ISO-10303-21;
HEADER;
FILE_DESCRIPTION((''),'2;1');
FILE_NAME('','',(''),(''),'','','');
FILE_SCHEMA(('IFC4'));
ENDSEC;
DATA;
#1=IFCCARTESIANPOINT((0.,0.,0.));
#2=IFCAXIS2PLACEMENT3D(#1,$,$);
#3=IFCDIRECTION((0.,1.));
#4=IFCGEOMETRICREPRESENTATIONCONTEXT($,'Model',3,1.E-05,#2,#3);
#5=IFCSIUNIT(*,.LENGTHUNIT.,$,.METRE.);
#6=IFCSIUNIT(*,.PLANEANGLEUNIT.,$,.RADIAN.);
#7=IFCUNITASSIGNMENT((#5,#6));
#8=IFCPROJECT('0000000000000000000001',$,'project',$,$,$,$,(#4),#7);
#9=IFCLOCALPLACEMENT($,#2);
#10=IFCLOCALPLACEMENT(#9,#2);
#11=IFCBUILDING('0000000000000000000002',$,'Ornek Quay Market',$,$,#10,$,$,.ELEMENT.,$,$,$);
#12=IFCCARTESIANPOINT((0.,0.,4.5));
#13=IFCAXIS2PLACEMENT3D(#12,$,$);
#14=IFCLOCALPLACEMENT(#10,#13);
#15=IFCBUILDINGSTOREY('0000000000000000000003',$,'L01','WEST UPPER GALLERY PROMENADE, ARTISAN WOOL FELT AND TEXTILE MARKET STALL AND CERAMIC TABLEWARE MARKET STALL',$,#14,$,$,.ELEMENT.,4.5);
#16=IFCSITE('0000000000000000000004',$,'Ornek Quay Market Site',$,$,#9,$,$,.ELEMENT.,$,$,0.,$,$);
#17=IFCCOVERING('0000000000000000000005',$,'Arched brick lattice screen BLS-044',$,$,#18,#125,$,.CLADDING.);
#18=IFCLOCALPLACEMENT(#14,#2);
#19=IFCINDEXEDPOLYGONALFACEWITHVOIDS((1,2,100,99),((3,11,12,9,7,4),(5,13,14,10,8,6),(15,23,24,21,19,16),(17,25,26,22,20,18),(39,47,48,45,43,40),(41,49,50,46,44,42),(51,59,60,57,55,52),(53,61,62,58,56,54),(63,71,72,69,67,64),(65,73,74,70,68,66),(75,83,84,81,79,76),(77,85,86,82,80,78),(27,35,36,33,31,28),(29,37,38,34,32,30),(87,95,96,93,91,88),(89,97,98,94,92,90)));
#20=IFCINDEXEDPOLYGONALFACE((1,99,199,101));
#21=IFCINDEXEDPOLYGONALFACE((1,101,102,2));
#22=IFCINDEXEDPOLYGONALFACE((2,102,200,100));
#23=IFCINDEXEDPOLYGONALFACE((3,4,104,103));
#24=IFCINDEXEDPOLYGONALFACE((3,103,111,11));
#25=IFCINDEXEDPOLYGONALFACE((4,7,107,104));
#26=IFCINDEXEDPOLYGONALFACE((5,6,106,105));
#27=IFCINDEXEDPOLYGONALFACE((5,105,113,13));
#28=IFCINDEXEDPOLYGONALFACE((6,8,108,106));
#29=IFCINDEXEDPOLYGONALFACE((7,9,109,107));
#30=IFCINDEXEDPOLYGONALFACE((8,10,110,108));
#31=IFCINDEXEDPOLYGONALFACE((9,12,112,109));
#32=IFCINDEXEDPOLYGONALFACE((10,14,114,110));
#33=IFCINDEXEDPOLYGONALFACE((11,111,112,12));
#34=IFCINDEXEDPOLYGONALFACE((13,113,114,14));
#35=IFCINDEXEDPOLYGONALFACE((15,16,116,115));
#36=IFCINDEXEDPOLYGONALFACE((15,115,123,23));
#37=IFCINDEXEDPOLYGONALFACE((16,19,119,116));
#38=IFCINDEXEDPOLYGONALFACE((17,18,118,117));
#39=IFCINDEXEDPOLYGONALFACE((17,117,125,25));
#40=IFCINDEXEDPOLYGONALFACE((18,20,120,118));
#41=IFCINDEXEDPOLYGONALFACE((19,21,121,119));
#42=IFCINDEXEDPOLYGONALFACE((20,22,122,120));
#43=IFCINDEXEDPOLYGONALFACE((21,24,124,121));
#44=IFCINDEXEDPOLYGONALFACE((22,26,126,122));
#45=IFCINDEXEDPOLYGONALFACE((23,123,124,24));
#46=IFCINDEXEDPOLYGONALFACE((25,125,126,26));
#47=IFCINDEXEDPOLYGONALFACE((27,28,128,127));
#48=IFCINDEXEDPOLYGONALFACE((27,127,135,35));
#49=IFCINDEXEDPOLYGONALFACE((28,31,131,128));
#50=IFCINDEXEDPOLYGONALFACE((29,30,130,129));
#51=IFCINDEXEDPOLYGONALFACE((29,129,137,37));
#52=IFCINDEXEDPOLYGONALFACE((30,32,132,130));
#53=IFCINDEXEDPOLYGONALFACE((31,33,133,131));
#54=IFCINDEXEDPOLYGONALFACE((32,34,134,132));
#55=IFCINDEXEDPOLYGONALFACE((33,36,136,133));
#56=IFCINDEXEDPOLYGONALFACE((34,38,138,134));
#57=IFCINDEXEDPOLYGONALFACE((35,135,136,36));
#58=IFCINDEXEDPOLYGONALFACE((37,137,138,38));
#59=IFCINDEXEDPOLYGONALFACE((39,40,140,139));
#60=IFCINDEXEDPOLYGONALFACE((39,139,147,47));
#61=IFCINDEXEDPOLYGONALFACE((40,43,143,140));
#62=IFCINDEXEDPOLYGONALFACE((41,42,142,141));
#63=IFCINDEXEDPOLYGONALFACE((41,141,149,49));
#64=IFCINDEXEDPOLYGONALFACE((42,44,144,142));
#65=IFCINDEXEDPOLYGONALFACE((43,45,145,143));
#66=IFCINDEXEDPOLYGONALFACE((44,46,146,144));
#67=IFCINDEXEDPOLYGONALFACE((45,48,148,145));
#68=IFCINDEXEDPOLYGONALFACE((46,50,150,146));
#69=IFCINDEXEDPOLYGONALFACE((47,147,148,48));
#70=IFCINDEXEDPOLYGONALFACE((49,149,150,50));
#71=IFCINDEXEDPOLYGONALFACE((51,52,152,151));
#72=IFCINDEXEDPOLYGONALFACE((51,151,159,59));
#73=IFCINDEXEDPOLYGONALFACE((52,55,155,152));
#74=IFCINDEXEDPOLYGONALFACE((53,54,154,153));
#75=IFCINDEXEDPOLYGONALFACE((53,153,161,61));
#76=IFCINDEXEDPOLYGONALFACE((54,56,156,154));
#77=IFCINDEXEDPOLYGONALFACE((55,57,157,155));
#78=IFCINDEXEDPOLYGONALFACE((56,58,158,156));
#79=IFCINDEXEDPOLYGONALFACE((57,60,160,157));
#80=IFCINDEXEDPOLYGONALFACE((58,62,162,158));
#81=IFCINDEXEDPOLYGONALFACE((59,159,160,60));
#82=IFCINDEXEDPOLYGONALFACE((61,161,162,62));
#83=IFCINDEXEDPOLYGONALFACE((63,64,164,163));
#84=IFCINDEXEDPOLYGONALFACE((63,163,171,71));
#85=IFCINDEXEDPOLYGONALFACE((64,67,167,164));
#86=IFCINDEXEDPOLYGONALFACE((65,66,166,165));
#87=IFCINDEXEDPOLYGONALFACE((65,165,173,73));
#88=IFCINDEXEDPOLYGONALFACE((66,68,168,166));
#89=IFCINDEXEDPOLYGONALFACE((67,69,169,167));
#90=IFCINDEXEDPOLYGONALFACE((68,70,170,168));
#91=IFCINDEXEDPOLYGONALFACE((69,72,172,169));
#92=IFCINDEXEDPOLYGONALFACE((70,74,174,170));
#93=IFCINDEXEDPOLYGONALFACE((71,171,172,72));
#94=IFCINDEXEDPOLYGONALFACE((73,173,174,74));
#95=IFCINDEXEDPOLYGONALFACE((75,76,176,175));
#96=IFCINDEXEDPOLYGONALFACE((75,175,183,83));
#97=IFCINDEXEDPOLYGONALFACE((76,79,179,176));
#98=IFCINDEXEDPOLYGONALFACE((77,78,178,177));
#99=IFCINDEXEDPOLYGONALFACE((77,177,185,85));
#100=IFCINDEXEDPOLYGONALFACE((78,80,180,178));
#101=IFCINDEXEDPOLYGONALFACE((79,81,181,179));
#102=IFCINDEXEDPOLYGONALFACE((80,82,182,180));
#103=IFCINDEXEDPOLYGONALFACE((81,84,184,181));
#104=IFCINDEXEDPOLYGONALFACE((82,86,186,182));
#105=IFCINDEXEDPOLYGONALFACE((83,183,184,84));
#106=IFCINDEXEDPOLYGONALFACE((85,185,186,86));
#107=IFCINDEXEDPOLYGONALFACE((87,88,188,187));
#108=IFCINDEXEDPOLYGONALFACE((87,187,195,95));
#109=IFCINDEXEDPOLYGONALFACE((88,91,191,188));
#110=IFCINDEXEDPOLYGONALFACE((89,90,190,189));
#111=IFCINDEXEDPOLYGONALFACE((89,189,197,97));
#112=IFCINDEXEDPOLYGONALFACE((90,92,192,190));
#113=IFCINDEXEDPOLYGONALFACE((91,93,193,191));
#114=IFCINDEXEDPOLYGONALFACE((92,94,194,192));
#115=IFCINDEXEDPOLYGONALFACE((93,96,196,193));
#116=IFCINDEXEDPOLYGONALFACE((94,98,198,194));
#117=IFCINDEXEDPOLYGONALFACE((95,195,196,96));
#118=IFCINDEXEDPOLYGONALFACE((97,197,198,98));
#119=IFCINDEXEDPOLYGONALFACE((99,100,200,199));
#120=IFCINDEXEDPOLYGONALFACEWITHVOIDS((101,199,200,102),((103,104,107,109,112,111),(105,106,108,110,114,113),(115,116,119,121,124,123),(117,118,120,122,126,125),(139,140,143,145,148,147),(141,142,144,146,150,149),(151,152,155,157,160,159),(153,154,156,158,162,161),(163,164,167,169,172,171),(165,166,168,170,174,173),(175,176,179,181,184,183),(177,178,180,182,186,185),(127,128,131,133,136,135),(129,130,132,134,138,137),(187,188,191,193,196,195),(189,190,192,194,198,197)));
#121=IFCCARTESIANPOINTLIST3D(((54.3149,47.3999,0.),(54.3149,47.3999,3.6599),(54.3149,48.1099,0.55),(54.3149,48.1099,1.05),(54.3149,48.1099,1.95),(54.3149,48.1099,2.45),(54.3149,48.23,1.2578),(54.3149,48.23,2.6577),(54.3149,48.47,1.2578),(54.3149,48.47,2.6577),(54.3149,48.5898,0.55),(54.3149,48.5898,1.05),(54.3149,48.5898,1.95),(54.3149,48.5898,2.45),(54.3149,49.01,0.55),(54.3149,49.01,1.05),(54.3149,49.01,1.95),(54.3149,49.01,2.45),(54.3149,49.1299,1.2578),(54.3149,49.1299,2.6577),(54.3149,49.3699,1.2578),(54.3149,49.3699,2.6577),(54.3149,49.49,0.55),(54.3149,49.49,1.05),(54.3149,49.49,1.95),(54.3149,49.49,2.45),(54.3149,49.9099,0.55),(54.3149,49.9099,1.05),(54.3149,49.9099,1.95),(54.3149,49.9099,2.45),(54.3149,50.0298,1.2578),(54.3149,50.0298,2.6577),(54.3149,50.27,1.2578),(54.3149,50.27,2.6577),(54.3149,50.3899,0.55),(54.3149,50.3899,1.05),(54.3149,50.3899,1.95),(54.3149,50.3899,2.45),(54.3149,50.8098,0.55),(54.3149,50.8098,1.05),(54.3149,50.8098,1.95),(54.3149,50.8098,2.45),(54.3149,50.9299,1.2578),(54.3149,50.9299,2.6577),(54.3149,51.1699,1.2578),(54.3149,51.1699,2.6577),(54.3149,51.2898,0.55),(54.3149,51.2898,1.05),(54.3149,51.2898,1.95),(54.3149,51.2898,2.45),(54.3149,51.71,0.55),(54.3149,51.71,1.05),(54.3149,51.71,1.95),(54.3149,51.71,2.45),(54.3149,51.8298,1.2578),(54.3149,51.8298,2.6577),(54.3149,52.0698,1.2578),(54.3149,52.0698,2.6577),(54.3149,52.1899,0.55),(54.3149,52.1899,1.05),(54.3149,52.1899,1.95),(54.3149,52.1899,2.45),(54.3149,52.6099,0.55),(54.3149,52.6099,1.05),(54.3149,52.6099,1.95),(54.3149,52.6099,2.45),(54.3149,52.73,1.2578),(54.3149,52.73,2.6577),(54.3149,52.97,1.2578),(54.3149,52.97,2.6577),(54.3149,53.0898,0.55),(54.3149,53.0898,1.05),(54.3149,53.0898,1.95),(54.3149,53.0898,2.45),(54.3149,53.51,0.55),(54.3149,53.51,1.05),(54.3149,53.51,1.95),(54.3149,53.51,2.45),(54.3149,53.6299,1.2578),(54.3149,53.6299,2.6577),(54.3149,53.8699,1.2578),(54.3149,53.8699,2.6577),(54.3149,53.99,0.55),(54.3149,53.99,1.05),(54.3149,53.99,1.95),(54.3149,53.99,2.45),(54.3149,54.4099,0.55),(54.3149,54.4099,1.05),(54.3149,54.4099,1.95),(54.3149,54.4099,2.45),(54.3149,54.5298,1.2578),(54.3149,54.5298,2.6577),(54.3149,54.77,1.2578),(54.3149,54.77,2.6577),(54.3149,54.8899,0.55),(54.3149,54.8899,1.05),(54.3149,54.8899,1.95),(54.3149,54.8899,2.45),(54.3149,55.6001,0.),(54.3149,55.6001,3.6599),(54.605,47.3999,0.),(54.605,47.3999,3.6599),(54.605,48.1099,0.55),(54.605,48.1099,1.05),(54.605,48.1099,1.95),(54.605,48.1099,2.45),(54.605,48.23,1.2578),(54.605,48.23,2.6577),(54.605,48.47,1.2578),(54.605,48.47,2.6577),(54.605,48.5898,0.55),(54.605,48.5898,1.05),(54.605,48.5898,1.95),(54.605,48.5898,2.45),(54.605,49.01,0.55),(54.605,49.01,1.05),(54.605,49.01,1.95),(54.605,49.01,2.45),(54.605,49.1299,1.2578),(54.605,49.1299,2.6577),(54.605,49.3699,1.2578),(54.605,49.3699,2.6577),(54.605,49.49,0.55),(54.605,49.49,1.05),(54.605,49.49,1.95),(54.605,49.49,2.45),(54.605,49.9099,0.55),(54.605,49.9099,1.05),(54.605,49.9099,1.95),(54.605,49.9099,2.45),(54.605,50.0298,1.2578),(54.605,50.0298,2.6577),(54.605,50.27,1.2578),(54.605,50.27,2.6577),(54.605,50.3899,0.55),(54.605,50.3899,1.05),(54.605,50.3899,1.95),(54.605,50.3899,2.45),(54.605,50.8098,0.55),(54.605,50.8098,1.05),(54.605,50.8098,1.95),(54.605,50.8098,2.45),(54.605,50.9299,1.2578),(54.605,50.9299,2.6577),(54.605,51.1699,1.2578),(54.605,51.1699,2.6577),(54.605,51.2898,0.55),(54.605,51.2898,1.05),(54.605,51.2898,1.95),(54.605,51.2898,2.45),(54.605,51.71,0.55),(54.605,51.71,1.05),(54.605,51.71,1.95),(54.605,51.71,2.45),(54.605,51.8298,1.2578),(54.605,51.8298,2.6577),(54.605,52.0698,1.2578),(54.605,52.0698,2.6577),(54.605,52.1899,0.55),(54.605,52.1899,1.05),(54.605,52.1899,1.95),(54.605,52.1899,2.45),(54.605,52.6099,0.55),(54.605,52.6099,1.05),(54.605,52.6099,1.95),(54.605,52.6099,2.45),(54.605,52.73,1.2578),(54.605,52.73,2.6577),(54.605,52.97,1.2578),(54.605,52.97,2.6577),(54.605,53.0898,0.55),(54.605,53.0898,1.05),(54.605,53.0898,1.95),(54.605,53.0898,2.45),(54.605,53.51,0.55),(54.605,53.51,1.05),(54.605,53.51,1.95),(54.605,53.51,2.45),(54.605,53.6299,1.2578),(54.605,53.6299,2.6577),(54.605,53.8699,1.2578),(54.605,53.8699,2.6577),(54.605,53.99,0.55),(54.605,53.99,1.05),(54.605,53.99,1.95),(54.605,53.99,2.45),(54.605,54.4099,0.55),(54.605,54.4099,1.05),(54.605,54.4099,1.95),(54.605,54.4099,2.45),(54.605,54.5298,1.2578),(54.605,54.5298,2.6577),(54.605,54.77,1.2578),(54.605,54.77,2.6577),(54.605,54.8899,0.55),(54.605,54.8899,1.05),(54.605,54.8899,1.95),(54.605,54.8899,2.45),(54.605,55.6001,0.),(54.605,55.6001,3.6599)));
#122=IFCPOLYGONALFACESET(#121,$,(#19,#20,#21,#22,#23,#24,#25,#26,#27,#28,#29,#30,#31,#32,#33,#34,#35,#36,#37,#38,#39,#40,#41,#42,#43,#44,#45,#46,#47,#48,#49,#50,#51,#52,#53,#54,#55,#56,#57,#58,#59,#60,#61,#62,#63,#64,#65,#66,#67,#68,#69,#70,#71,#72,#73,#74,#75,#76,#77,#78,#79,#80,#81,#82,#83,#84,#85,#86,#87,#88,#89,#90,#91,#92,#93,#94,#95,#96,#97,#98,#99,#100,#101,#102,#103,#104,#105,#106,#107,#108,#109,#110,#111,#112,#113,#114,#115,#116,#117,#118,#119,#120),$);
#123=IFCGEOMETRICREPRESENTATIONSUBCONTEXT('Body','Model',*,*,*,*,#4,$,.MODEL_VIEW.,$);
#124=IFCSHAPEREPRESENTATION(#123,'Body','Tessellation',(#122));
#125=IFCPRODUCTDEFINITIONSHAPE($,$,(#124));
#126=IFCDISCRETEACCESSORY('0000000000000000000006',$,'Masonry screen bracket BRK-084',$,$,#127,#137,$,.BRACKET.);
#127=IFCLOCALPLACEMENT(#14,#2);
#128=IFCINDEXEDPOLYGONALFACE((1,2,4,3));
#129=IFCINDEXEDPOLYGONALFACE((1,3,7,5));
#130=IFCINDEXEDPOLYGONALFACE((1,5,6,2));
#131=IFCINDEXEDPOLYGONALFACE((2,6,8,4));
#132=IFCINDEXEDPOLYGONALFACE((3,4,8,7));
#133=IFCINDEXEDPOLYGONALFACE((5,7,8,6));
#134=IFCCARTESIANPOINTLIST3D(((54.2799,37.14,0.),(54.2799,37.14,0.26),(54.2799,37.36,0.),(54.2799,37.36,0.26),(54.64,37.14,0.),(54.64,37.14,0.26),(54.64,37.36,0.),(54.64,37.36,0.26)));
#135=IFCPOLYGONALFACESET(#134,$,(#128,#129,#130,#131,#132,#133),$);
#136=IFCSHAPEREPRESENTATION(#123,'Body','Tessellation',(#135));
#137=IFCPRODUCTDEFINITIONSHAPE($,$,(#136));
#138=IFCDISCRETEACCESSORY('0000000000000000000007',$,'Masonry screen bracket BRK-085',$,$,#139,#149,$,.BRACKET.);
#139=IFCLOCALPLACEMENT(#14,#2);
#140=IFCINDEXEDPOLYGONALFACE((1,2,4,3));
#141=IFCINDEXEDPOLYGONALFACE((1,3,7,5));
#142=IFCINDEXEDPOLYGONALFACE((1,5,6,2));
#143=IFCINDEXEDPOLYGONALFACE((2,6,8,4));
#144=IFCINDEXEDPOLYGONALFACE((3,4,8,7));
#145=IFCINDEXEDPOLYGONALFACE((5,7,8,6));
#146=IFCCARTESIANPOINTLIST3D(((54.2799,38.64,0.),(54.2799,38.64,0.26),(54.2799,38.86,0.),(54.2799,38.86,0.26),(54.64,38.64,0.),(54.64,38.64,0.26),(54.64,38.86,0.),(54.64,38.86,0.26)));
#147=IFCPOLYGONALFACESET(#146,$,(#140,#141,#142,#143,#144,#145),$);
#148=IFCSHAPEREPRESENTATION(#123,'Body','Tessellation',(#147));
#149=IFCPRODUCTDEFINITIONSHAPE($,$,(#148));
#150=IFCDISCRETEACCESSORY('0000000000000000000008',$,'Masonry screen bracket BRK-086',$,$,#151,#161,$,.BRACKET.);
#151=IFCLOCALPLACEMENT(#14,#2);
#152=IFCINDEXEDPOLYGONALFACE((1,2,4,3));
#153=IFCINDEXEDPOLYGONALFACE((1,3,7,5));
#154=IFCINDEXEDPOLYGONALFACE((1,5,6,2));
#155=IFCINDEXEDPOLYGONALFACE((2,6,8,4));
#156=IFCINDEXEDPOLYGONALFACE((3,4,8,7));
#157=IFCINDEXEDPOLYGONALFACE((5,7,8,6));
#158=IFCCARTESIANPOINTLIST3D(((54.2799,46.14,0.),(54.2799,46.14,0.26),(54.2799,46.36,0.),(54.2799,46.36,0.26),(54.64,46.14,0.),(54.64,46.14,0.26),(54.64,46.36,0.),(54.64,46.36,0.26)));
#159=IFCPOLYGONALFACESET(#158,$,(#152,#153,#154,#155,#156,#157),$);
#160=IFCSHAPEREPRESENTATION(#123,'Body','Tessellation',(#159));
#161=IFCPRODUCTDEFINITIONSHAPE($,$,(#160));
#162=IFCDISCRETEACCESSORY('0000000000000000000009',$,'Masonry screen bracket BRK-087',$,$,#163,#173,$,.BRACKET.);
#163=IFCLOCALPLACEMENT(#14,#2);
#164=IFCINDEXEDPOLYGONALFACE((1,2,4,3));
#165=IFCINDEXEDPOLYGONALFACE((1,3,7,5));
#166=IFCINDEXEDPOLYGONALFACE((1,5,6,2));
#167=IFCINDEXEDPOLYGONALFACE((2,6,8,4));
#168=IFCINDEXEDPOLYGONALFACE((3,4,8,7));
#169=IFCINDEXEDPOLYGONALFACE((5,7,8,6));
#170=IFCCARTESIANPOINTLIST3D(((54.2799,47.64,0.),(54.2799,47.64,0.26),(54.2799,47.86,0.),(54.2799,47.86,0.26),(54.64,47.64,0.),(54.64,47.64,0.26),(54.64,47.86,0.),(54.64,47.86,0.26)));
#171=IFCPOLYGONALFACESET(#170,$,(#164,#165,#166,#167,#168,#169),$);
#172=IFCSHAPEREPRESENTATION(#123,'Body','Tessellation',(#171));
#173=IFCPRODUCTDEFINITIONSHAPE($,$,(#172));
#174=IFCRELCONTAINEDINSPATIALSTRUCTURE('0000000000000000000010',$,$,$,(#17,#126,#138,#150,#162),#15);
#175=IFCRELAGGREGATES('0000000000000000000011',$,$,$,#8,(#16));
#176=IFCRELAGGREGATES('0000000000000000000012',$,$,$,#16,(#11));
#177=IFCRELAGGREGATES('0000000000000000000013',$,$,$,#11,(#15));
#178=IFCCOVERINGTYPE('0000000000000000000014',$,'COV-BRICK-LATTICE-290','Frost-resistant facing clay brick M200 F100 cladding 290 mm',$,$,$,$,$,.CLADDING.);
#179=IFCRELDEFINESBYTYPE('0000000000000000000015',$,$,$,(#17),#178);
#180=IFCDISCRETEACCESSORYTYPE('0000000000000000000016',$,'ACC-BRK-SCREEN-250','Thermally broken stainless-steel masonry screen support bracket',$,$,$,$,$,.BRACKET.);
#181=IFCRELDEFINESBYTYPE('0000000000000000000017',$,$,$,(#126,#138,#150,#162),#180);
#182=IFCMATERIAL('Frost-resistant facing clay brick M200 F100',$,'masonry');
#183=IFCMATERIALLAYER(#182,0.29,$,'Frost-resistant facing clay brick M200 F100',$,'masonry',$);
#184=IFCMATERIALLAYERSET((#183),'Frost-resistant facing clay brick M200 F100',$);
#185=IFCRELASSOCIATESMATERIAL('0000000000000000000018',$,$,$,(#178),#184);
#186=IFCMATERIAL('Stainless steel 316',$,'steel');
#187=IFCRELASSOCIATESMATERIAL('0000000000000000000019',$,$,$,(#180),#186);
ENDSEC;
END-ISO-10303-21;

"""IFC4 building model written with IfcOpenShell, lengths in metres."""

from ifc_helpers import new_model, si_unit, direction, frame, origin, origin_2d, place, context, subcontext, project, spatial, polyline, rectangle, outline, extrude, material, layer, layer_set, type_object, element, save


model = new_model("IFC4")

# Units and contexts
model_context = context("Model", 3, precision=1e-05, world=origin(), true_north=direction((0.0, 1.0)))
body_context = subcontext(model_context, "Body", "Model", "MODEL_VIEW")
ifc_project = project(units=[si_unit("LENGTHUNIT", "METRE"), si_unit("PLANEANGLEUNIT", "RADIAN")], contexts=[model_context])

# Site, building, storey
site_placement = place(None, origin())
site = spatial("IfcSite", under=ifc_project, at=site_placement, Name="Ornek Quay Market Site", CompositionType="ELEMENT", RefElevation=0.0)
building_placement = place(site_placement, origin())
building = spatial("IfcBuilding", under=site, at=building_placement, Name="Ornek Quay Market", CompositionType="ELEMENT")
storey_placement = place(building_placement, frame((0.0, 0.0, 4.5)))
storey = spatial("IfcBuildingStorey", under=building, at=storey_placement, Name="L01", Description="WEST UPPER GALLERY PROMENADE, ARTISAN WOOL FELT AND TEXTILE MARKET STALL AND CERAMIC TABLEWARE MARKET STALL", CompositionType="ELEMENT", Elevation=4.5)

# Shared definitions
ifc_material_1 = material(Name="Frost-resistant facing clay brick M200 F100", Category="masonry")

# Covering
ifc_layer_1 = layer(ifc_material_1, 0.29, Name="Frost-resistant facing clay brick M200 F100", Category="masonry")
ifc_layer_set_1 = layer_set([ifc_layer_1], Name="Frost-resistant facing clay brick M200 F100")
covering_type = type_object("IfcCoveringType", Name="COV-BRICK-LATTICE-290", Description="Frost-resistant facing clay brick M200 F100 cladding 290 mm", PredefinedType="CLADDING", material=ifc_layer_set_1)
covering_1_placement = place(storey_placement, frame((54.46, 47.3999, 0.0), z_axis=(0.0, 0.0, 1.0), x_axis=(0.0, 1.0, 0.0)))
element("IfcCovering", 1, at=covering_1_placement, inside=storey, type_object=covering_type, Name="Arched brick lattice screen BLS-044", PredefinedType="CLADDING", context=body_context, shape_type="SweptSolid", body=[
    extrude(outline(polyline([(0.0, 0.0), (8.2002, 0.0), (8.2002, 3.6599), (0.0, 3.6599), (0.0, 0.0)]), holes=[polyline([(0.71, 0.55), (1.1899, 0.55), (1.1899, 1.05), (1.0701, 1.2578), (0.8301, 1.2578), (0.71, 1.05), (0.71, 0.55)]), polyline([(0.71, 1.95), (1.1899, 1.95), (1.1899, 2.45), (1.0701, 2.6577), (0.8301, 2.6577), (0.71, 2.45), (0.71, 1.95)]), polyline([(1.6101, 0.55), (2.0901, 0.55), (2.0901, 1.05), (1.97, 1.2578), (1.73, 1.2578), (1.6101, 1.05), (1.6101, 0.55)]), polyline([(1.6101, 1.95), (2.0901, 1.95), (2.0901, 2.45), (1.97, 2.6577), (1.73, 2.6577), (1.6101, 2.45), (1.6101, 1.95)]), polyline([(2.51, 0.55), (2.99, 0.55), (2.99, 1.05), (2.8701, 1.2578), (2.6299, 1.2578), (2.51, 1.05), (2.51, 0.55)]), polyline([(2.51, 1.95), (2.99, 1.95), (2.99, 2.45), (2.8701, 2.6577), (2.6299, 2.6577), (2.51, 2.45), (2.51, 1.95)]), polyline([(3.4099, 0.55), (3.8899, 0.55), (3.8899, 1.05), (3.77, 1.2578), (3.53, 1.2578), (3.4099, 1.05), (3.4099, 0.55)]), polyline([(3.4099, 1.95), (3.8899, 1.95), (3.8899, 2.45), (3.77, 2.6577), (3.53, 2.6577), (3.4099, 2.45), (3.4099, 1.95)]), polyline([(4.3101, 0.55), (4.79, 0.55), (4.79, 1.05), (4.6699, 1.2578), (4.4299, 1.2578), (4.3101, 1.05), (4.3101, 0.55)]), polyline([(4.3101, 1.95), (4.79, 1.95), (4.79, 2.45), (4.6699, 2.6577), (4.4299, 2.6577), (4.3101, 2.45), (4.3101, 1.95)]), polyline([(5.21, 0.55), (5.6899, 0.55), (5.6899, 1.05), (5.5701, 1.2578), (5.3301, 1.2578), (5.21, 1.05), (5.21, 0.55)]), polyline([(5.21, 1.95), (5.6899, 1.95), (5.6899, 2.45), (5.5701, 2.6577), (5.3301, 2.6577), (5.21, 2.45), (5.21, 1.95)]), polyline([(6.1101, 0.55), (6.5901, 0.55), (6.5901, 1.05), (6.47, 1.2578), (6.23, 1.2578), (6.1101, 1.05), (6.1101, 0.55)]), polyline([(6.1101, 1.95), (6.5901, 1.95), (6.5901, 2.45), (6.47, 2.6577), (6.23, 2.6577), (6.1101, 2.45), (6.1101, 1.95)]), polyline([(7.01, 0.55), (7.49, 0.55), (7.49, 1.05), (7.3701, 1.2578), (7.1299, 1.2578), (7.01, 1.05), (7.01, 0.55)]), polyline([(7.01, 1.95), (7.49, 1.95), (7.49, 2.45), (7.3701, 2.6577), (7.1299, 2.6577), (7.01, 2.45), (7.01, 1.95)])]), frame((0.0, 0.145, 0.0), z_axis=(0.0, -1.0, 0.0), x_axis=(1.0, 0.0, 0.0)), (0.0, 0.0, 1.0), 0.29),
])

# Discrete accessories
ifc_material_2 = material(Name="Stainless steel 316", Category="steel")
discrete_accessory_type = type_object("IfcDiscreteAccessoryType", Name="ACC-BRK-SCREEN-250", Description="Thermally broken stainless-steel masonry screen support bracket", PredefinedType="BRACKET", material=ifc_material_2)
for number, where, z_axis, x_axis, name in (
    (2, (54.46, 37.25, 0.0), (0.0, 0.0, 1.0), (0.0, 1.0, 0.0), "Masonry screen bracket BRK-084"),
    (3, (54.46, 38.75, 0.0), (0.0, 0.0, 1.0), (0.0, 1.0, 0.0), "Masonry screen bracket BRK-085"),
    (4, (54.46, 46.25, 0.0), (0.0, 0.0, 1.0), (0.0, 1.0, 0.0), "Masonry screen bracket BRK-086"),
    (5, (54.46, 47.75, 0.0), (0.0, 0.0, 1.0), (0.0, 1.0, 0.0), "Masonry screen bracket BRK-087"),
):
    element("IfcDiscreteAccessory", number, at=place(storey_placement, frame(where, z_axis=z_axis, x_axis=x_axis)), inside=storey, type_object=discrete_accessory_type, Name=name, PredefinedType="BRACKET", context=body_context, shape_type="SweptSolid", body=[
        extrude(rectangle(XDim=0.22, YDim=0.3601, at=origin_2d()), origin(), (0.0, 0.0, 1.0), 0.26),
    ])

save(model, "model.ifc")
